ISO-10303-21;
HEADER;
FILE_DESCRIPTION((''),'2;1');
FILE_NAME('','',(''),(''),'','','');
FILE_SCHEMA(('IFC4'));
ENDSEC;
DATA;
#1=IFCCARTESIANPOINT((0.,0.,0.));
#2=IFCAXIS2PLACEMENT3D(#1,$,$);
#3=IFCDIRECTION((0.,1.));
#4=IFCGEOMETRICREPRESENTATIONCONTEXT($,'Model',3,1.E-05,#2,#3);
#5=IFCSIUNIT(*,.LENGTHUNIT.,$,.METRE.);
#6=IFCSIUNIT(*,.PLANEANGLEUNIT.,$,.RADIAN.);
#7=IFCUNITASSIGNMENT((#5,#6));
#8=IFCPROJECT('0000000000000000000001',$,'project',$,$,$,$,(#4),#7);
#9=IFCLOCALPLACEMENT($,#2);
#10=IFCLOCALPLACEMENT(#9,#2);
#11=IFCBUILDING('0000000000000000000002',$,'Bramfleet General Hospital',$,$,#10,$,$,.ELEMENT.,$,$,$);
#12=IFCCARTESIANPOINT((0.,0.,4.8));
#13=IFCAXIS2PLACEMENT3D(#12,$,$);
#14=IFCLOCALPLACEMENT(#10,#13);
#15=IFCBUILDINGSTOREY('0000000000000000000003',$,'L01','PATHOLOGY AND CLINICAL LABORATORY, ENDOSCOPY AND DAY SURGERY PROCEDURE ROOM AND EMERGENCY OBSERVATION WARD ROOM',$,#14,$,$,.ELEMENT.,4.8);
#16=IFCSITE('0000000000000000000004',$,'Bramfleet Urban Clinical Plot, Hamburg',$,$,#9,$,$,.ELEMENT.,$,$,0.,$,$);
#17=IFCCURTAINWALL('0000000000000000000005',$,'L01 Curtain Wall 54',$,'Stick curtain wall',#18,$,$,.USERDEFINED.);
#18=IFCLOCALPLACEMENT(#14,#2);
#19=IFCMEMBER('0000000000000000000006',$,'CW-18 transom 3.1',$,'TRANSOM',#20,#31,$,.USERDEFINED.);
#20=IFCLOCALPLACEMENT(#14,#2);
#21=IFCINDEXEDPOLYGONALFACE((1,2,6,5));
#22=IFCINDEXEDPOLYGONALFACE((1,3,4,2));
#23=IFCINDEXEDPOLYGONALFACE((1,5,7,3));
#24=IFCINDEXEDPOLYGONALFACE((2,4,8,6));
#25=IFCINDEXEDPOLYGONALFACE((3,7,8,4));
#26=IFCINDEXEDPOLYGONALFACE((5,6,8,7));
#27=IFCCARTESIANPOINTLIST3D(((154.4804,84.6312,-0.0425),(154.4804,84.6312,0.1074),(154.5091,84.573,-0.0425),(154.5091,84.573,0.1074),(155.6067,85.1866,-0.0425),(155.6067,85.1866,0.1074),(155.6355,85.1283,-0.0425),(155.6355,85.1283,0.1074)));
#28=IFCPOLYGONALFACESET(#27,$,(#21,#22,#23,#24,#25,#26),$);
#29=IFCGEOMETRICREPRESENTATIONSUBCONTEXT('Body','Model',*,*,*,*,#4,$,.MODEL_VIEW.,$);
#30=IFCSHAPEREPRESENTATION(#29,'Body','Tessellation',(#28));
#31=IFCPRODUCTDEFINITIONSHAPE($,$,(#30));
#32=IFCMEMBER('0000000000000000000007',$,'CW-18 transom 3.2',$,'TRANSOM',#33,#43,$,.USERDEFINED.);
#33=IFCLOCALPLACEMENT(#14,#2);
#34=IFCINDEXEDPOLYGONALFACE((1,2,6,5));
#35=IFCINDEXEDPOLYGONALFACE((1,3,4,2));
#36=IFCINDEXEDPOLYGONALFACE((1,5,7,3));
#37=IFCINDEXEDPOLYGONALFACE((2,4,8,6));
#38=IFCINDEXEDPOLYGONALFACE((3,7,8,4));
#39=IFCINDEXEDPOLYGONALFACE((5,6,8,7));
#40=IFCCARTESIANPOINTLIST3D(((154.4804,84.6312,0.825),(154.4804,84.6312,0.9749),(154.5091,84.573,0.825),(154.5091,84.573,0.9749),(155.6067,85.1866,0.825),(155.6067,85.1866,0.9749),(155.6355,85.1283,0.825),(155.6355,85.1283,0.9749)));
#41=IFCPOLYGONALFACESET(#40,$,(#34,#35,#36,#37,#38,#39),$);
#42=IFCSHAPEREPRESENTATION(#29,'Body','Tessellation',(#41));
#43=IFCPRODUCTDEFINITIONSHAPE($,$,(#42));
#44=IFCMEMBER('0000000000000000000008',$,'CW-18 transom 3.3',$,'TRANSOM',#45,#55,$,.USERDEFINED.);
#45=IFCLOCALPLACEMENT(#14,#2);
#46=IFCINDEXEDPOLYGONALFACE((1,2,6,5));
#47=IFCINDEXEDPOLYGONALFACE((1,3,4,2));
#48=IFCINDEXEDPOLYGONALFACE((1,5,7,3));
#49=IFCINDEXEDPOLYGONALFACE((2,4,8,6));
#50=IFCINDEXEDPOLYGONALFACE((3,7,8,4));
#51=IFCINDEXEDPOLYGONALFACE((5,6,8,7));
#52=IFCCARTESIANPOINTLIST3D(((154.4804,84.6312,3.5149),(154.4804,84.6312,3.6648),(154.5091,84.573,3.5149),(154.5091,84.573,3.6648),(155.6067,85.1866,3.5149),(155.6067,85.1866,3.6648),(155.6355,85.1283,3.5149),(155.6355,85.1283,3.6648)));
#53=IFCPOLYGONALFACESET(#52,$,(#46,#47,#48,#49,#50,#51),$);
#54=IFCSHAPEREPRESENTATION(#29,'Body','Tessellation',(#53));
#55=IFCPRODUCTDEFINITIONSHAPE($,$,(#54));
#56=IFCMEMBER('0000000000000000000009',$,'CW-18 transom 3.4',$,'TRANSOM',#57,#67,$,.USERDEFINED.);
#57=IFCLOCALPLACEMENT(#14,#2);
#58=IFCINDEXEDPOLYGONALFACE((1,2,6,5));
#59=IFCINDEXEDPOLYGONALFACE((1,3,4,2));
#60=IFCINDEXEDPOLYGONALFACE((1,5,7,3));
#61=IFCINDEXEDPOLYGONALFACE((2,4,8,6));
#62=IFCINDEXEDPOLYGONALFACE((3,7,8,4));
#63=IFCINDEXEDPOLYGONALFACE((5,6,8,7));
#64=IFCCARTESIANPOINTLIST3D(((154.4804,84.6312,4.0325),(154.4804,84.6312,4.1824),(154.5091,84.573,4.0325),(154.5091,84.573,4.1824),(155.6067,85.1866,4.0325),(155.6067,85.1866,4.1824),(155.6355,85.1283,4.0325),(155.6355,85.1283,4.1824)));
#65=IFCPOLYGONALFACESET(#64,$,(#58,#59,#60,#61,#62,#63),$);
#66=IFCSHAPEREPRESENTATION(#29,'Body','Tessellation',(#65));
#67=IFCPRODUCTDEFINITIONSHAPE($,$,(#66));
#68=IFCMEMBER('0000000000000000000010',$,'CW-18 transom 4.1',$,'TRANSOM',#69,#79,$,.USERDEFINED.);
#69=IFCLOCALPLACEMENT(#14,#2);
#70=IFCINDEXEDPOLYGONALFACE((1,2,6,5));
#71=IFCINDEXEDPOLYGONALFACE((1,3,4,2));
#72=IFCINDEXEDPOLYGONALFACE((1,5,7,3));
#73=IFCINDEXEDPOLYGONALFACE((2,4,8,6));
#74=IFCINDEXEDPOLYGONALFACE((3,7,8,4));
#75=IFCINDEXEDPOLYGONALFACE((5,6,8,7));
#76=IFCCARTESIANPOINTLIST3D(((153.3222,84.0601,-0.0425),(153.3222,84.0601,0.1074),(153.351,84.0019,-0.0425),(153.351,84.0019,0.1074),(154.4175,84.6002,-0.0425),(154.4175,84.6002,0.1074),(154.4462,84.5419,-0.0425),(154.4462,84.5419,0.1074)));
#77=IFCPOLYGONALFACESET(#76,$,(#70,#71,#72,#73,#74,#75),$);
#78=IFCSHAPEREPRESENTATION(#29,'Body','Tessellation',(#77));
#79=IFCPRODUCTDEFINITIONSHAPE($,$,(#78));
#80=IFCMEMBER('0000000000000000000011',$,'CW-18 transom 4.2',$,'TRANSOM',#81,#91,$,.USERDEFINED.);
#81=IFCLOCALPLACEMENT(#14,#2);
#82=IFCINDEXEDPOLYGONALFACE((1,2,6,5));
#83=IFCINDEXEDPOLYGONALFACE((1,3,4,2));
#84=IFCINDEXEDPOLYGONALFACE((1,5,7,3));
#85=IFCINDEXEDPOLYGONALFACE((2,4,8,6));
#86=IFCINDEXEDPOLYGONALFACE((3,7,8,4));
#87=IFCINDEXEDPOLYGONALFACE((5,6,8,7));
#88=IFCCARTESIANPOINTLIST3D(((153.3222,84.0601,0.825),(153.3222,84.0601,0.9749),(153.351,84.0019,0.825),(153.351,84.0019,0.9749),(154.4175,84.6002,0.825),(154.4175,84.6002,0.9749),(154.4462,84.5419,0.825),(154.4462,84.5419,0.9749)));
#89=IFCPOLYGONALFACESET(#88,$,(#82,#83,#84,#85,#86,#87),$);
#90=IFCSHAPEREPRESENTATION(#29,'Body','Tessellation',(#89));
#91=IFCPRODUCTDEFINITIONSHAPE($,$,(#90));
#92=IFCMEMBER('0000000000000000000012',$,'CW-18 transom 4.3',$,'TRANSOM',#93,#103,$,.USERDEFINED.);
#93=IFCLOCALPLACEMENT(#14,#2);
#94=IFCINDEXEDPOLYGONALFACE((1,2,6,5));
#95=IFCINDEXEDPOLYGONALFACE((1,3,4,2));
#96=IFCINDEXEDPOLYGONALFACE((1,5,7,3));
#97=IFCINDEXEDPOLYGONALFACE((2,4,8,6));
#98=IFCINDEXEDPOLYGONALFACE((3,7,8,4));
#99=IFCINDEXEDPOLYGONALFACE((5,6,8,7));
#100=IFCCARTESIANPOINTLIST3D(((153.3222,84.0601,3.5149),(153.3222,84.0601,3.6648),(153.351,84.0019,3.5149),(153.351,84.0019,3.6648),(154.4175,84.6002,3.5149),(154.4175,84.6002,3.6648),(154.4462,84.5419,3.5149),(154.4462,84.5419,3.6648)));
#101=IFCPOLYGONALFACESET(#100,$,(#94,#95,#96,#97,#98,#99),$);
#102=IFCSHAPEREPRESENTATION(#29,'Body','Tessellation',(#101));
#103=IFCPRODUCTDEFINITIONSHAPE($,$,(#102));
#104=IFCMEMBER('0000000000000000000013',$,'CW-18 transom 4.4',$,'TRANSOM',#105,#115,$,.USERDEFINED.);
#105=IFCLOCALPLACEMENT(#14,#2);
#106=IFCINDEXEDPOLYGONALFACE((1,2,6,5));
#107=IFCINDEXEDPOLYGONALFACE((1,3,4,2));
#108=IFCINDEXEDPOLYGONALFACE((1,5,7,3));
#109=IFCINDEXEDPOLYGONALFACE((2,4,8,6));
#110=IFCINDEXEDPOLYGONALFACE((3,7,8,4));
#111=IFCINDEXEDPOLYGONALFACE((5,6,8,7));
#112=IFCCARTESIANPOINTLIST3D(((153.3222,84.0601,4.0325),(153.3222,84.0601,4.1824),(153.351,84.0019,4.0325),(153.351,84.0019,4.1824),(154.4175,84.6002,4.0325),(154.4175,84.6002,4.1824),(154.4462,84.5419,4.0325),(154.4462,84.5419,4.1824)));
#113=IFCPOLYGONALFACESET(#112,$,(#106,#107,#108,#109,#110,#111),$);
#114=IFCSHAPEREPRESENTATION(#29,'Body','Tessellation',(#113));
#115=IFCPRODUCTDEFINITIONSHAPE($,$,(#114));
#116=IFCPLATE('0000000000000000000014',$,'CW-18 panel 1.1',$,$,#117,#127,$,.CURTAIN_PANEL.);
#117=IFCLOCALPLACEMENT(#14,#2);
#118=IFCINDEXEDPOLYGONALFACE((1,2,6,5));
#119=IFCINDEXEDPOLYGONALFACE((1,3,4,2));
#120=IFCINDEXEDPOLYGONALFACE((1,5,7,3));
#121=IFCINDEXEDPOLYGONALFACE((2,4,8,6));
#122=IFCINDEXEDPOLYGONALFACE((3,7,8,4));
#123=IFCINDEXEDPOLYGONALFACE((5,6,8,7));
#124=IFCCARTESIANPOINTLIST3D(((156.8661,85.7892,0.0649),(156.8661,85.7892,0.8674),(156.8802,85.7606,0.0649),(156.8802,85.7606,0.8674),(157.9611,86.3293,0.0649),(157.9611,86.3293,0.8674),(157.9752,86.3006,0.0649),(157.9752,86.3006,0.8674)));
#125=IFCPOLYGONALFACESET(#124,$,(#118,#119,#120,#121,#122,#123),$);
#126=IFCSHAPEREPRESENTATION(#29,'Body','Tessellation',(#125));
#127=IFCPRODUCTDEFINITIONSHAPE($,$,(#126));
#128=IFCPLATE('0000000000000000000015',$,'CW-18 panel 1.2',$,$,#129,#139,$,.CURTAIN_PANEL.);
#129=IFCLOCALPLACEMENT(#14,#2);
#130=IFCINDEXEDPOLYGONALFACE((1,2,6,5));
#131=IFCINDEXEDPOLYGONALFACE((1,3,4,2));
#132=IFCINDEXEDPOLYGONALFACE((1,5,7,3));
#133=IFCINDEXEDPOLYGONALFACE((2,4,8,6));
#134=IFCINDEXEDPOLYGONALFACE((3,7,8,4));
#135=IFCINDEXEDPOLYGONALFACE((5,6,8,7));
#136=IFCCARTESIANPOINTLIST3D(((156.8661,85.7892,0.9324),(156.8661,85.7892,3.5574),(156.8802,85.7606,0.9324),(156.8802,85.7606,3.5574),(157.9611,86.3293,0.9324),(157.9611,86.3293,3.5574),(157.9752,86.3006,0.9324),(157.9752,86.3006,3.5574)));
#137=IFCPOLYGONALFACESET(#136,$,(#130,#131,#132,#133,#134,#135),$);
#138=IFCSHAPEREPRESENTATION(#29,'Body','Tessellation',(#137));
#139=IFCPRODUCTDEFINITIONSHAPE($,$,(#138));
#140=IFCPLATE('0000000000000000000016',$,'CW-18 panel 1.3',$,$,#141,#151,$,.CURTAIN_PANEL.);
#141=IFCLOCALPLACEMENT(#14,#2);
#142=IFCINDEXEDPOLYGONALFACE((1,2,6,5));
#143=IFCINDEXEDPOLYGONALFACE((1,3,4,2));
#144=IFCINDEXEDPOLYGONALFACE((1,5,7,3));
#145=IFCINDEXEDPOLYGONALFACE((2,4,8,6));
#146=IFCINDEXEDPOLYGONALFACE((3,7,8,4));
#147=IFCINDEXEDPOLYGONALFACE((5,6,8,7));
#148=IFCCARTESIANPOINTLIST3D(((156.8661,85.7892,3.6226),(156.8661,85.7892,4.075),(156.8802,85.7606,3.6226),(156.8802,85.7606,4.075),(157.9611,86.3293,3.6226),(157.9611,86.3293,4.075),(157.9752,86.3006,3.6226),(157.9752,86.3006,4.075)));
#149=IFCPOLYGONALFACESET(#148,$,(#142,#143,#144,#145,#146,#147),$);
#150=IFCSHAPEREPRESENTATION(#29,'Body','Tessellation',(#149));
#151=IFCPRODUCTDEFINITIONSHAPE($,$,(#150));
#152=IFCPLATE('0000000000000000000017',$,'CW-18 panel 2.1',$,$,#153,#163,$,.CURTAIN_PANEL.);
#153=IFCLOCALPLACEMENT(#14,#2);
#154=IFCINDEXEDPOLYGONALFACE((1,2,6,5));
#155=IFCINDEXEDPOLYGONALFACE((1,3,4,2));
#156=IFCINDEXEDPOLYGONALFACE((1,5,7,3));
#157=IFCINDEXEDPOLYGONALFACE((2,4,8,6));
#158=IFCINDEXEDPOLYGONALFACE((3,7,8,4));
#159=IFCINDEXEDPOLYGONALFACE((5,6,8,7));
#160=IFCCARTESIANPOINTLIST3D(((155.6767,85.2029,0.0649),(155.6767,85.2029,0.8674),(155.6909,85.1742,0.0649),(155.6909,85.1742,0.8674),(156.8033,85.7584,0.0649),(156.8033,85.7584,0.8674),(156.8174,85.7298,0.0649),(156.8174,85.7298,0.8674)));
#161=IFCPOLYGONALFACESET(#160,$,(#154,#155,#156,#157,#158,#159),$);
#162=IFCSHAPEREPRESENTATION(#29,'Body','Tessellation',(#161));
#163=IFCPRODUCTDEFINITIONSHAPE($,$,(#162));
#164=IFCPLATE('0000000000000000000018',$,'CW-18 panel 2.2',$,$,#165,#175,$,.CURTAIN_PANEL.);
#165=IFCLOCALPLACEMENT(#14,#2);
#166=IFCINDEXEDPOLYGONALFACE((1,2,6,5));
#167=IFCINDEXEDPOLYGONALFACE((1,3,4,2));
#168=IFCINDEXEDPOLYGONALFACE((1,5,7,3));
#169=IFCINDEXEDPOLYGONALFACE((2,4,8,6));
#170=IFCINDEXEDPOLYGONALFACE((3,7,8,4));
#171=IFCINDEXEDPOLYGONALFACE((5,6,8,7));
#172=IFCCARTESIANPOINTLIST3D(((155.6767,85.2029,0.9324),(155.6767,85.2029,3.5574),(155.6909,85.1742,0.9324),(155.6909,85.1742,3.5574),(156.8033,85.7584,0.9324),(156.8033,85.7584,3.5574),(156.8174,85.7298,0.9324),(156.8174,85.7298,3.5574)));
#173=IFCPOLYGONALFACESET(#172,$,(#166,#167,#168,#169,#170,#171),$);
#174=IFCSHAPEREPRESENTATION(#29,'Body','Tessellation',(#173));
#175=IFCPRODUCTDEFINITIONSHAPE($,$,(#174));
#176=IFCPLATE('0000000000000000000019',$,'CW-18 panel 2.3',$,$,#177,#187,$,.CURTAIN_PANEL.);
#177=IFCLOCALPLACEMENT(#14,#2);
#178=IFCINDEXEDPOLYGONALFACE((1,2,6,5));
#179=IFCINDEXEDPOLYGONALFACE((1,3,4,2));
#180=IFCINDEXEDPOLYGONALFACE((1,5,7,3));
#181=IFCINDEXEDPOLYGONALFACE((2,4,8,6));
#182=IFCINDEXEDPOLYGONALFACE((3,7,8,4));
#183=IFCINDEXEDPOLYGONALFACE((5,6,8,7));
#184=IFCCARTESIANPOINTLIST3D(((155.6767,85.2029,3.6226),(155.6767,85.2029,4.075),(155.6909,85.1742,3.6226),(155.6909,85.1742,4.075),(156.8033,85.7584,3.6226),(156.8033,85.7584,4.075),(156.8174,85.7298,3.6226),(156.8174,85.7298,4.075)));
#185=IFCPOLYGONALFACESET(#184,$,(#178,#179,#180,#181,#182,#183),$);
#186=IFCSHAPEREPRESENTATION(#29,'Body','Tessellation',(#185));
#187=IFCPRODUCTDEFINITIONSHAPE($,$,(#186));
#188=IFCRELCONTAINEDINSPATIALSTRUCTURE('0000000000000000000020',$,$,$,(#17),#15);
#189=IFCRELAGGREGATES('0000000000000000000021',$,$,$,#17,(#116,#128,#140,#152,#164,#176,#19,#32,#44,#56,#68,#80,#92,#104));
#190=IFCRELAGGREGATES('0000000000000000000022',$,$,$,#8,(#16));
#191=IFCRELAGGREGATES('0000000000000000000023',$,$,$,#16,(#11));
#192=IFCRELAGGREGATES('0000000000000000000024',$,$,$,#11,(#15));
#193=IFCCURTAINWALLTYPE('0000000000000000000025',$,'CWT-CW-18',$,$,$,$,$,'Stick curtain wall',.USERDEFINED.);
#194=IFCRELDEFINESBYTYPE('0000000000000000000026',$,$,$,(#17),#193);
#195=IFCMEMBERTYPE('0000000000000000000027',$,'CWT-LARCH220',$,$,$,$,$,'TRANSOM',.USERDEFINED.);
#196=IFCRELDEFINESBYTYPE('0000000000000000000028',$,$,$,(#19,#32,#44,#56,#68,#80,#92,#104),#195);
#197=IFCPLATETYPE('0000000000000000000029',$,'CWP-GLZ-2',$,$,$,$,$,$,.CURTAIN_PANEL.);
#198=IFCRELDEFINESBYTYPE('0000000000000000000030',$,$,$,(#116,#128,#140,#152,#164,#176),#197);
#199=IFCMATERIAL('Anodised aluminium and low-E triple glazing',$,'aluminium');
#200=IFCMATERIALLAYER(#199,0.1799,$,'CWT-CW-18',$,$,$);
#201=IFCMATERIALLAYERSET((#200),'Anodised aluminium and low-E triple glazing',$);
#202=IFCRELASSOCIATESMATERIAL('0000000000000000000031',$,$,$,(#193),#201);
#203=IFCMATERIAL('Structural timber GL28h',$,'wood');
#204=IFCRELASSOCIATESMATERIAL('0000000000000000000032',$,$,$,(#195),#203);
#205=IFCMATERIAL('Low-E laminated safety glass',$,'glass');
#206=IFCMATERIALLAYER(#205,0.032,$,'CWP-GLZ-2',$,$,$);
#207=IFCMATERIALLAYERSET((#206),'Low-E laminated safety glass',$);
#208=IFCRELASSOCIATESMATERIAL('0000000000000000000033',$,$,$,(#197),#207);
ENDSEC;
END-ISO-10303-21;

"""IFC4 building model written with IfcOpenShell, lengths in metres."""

from ifc_helpers import new_model, si_unit, direction, frame, origin, origin_2d, place, context, subcontext, project, spatial, rectangle, extrude, material, layer, layer_set, material_profile, profile_set, type_object, element, aggregate, save


model = new_model("IFC4")

# Units and contexts
model_context = context("Model", 3, precision=1e-05, world=origin(), true_north=direction((0.0, 1.0)))
body_context = subcontext(model_context, "Body", "Model", "MODEL_VIEW")
ifc_project = project(units=[si_unit("LENGTHUNIT", "METRE"), si_unit("PLANEANGLEUNIT", "RADIAN")], contexts=[model_context])

# Site, building, storey
site_placement = place(None, origin())
site = spatial("IfcSite", under=ifc_project, at=site_placement, Name="Bramfleet Urban Clinical Plot, Hamburg", CompositionType="ELEMENT", RefElevation=0.0)
building_placement = place(site_placement, origin())
building = spatial("IfcBuilding", under=site, at=building_placement, Name="Bramfleet General Hospital", CompositionType="ELEMENT")
storey_placement = place(building_placement, frame((0.0, 0.0, 4.8)))
storey = spatial("IfcBuildingStorey", under=building, at=storey_placement, Name="L01", Description="PATHOLOGY AND CLINICAL LABORATORY, ENDOSCOPY AND DAY SURGERY PROCEDURE ROOM AND EMERGENCY OBSERVATION WARD ROOM", CompositionType="ELEMENT", Elevation=4.8)

# Curtain wall, members, plates
ifc_material_1 = material(Name="Anodised aluminium and low-E triple glazing", Category="aluminium")
ifc_layer_1 = layer(ifc_material_1, 0.1799, Name="CWT-CW-18")
ifc_layer_set_1 = layer_set([ifc_layer_1], Name="Anodised aluminium and low-E triple glazing")
curtain_wall_type = type_object("IfcCurtainWallType", Name="CWT-CW-18", ElementType="Stick curtain wall", PredefinedType="USERDEFINED", material=ifc_layer_set_1)
curtain_wall_placement = place(storey_placement, origin())
curtain_wall = element("IfcCurtainWall", 1, at=curtain_wall_placement, inside=storey, type_object=curtain_wall_type, Name="L01 Curtain Wall 54", ObjectType="Stick curtain wall", PredefinedType="USERDEFINED")
ifc_material_2 = material(Name="Structural timber GL28h", Category="wood")
ifc_material_profile_1 = material_profile(ifc_material_2, rectangle(XDim=0.0649, YDim=0.1499, at=origin_2d()), Name="LARCH 150x65")
ifc_profile_set_1 = profile_set([ifc_material_profile_1], Name="Structural timber GL28h")
member_type_1 = type_object("IfcMemberType", Name="CWT-LARCH220", ElementType="TRANSOM", PredefinedType="USERDEFINED", material=ifc_profile_set_1)
member_1_placement = place(storey_placement, frame((155.6211, 85.1575, 0.0325), z_axis=(-0.896902, -0.44223, 0.0), x_axis=(0.44223, -0.896902, 0.0)))
member_1 = element("IfcMember", 2, at=member_1_placement, type_object=member_type_1, Name="CW-18 transom 3.1", ObjectType="TRANSOM", PredefinedType="USERDEFINED", context=body_context, shape_type="SweptSolid", body=[
    extrude(rectangle(XDim=0.0649, YDim=0.1499, at=origin_2d()), origin(), (0.0, 0.0, 1.0), 1.2559),
])
member_2_placement = place(storey_placement, frame((155.6211, 85.1575, 0.8999), z_axis=(-0.896902, -0.44223, 0.0), x_axis=(0.44223, -0.896902, 0.0)))
member_2 = element("IfcMember", 3, at=member_2_placement, type_object=member_type_1, Name="CW-18 transom 3.2", ObjectType="TRANSOM", PredefinedType="USERDEFINED", context=body_context, shape_type="SweptSolid", body=[
    extrude(rectangle(XDim=0.0649, YDim=0.1499, at=origin_2d()), origin(), (0.0, 0.0, 1.0), 1.2559),
])
member_3_placement = place(storey_placement, frame((155.6211, 85.1575, 3.5898), z_axis=(-0.896902, -0.44223, 0.0), x_axis=(0.44223, -0.896902, 0.0)))
member_3 = element("IfcMember", 4, at=member_3_placement, type_object=member_type_1, Name="CW-18 transom 3.3", ObjectType="TRANSOM", PredefinedType="USERDEFINED", context=body_context, shape_type="SweptSolid", body=[
    extrude(rectangle(XDim=0.0649, YDim=0.1499, at=origin_2d()), origin(), (0.0, 0.0, 1.0), 1.2559),
])
member_4_placement = place(storey_placement, frame((155.6211, 85.1575, 4.1074), z_axis=(-0.896902, -0.44223, 0.0), x_axis=(0.44223, -0.896902, 0.0)))
member_4 = element("IfcMember", 5, at=member_4_placement, type_object=member_type_1, Name="CW-18 transom 3.4", ObjectType="TRANSOM", PredefinedType="USERDEFINED", context=body_context, shape_type="SweptSolid", body=[
    extrude(rectangle(XDim=0.0649, YDim=0.1499, at=origin_2d()), origin(), (0.0, 0.0, 1.0), 1.2559),
])
member_5_placement = place(storey_placement, frame((154.4319, 84.571, 0.0325), z_axis=(-0.896893, -0.442248, 0.0), x_axis=(0.442248, -0.896893, 0.0)))
member_5 = element("IfcMember", 6, at=member_5_placement, type_object=member_type_1, Name="CW-18 transom 4.1", ObjectType="TRANSOM", PredefinedType="USERDEFINED", context=body_context, shape_type="SweptSolid", body=[
    extrude(rectangle(XDim=0.0649, YDim=0.1499, at=origin_2d()), origin(), (0.0, 0.0, 1.0), 1.2212),
])
member_6_placement = place(storey_placement, frame((154.4319, 84.571, 0.8999), z_axis=(-0.896893, -0.442248, 0.0), x_axis=(0.442248, -0.896893, 0.0)))
member_6 = element("IfcMember", 7, at=member_6_placement, type_object=member_type_1, Name="CW-18 transom 4.2", ObjectType="TRANSOM", PredefinedType="USERDEFINED", context=body_context, shape_type="SweptSolid", body=[
    extrude(rectangle(XDim=0.0649, YDim=0.1499, at=origin_2d()), origin(), (0.0, 0.0, 1.0), 1.2212),
])
member_7_placement = place(storey_placement, frame((154.4319, 84.571, 3.5898), z_axis=(-0.896893, -0.442248, 0.0), x_axis=(0.442248, -0.896893, 0.0)))
member_7 = element("IfcMember", 8, at=member_7_placement, type_object=member_type_1, Name="CW-18 transom 4.3", ObjectType="TRANSOM", PredefinedType="USERDEFINED", context=body_context, shape_type="SweptSolid", body=[
    extrude(rectangle(XDim=0.0649, YDim=0.1499, at=origin_2d()), origin(), (0.0, 0.0, 1.0), 1.2212),
])
member_8_placement = place(storey_placement, frame((154.4319, 84.571, 4.1074), z_axis=(-0.896893, -0.442248, 0.0), x_axis=(0.442248, -0.896893, 0.0)))
member_8 = element("IfcMember", 9, at=member_8_placement, type_object=member_type_1, Name="CW-18 transom 4.4", ObjectType="TRANSOM", PredefinedType="USERDEFINED", context=body_context, shape_type="SweptSolid", body=[
    extrude(rectangle(XDim=0.0649, YDim=0.1499, at=origin_2d()), origin(), (0.0, 0.0, 1.0), 1.2212),
])
ifc_material_3 = material(Name="Low-E laminated safety glass", Category="glass")
ifc_layer_2 = layer(ifc_material_3, 0.032, Name="CWP-GLZ-2")
ifc_layer_set_2 = layer_set([ifc_layer_2], Name="Low-E laminated safety glass")
plate_type = type_object("IfcPlateType", Name="CWP-GLZ-2", PredefinedType="CURTAIN_PANEL", material=ifc_layer_set_2)
plate_1_placement = place(storey_placement, frame((157.4207, 86.0449, 0.0649), z_axis=(0.0, 0.0, 1.0), x_axis=(-0.896865, -0.442305, 0.0)))
plate_1 = element("IfcPlate", 10, at=plate_1_placement, type_object=plate_type, Name="CW-18 panel 1.1", PredefinedType="CURTAIN_PANEL", context=body_context, shape_type="SweptSolid", body=[
    extrude(rectangle(XDim=1.2209, YDim=0.032, at=origin_2d()), origin(), (0.0, 0.0, 1.0), 0.8025),
])
plate_2_placement = place(storey_placement, frame((157.4207, 86.0449, 0.9324), z_axis=(0.0, 0.0, 1.0), x_axis=(-0.896865, -0.442305, 0.0)))
plate_2 = element("IfcPlate", 11, at=plate_2_placement, type_object=plate_type, Name="CW-18 panel 1.2", PredefinedType="CURTAIN_PANEL", context=body_context, shape_type="SweptSolid", body=[
    extrude(rectangle(XDim=1.2209, YDim=0.032, at=origin_2d()), origin(), (0.0, 0.0, 1.0), 2.625),
])
plate_3_placement = place(storey_placement, frame((157.4207, 86.0449, 3.6226), z_axis=(0.0, 0.0, 1.0), x_axis=(-0.896865, -0.442305, 0.0)))
plate_3 = element("IfcPlate", 12, at=plate_3_placement, type_object=plate_type, Name="CW-18 panel 1.3", PredefinedType="CURTAIN_PANEL", context=body_context, shape_type="SweptSolid", body=[
    extrude(rectangle(XDim=1.2209, YDim=0.032, at=origin_2d()), origin(), (0.0, 0.0, 1.0), 0.4524),
])
plate_4_placement = place(storey_placement, frame((156.2471, 85.4663, 0.0649), z_axis=(0.0, 0.0, 1.0), x_axis=(-0.896865, -0.442305, 0.0)))
plate_4 = element("IfcPlate", 13, at=plate_4_placement, type_object=plate_type, Name="CW-18 panel 2.1", PredefinedType="CURTAIN_PANEL", context=body_context, shape_type="SweptSolid", body=[
    extrude(rectangle(XDim=1.2561, YDim=0.032, at=origin_2d()), origin(), (0.0, 0.0, 1.0), 0.8025),
])
plate_5_placement = place(storey_placement, frame((156.2471, 85.4663, 0.9324), z_axis=(0.0, 0.0, 1.0), x_axis=(-0.896865, -0.442305, 0.0)))
plate_5 = element("IfcPlate", 14, at=plate_5_placement, type_object=plate_type, Name="CW-18 panel 2.2", PredefinedType="CURTAIN_PANEL", context=body_context, shape_type="SweptSolid", body=[
    extrude(rectangle(XDim=1.2561, YDim=0.032, at=origin_2d()), origin(), (0.0, 0.0, 1.0), 2.625),
])
plate_6_placement = place(storey_placement, frame((156.2471, 85.4663, 3.6226), z_axis=(0.0, 0.0, 1.0), x_axis=(-0.896865, -0.442305, 0.0)))
plate_6 = element("IfcPlate", 15, at=plate_6_placement, type_object=plate_type, Name="CW-18 panel 2.3", PredefinedType="CURTAIN_PANEL", context=body_context, shape_type="SweptSolid", body=[
    extrude(rectangle(XDim=1.2561, YDim=0.032, at=origin_2d()), origin(), (0.0, 0.0, 1.0), 0.4524),
])
aggregate(curtain_wall, [plate_1, plate_2, plate_3, plate_4, plate_5, plate_6, member_1, member_2, member_3, member_4, member_5, member_6, member_7, member_8])

save(model, "model.ifc")
